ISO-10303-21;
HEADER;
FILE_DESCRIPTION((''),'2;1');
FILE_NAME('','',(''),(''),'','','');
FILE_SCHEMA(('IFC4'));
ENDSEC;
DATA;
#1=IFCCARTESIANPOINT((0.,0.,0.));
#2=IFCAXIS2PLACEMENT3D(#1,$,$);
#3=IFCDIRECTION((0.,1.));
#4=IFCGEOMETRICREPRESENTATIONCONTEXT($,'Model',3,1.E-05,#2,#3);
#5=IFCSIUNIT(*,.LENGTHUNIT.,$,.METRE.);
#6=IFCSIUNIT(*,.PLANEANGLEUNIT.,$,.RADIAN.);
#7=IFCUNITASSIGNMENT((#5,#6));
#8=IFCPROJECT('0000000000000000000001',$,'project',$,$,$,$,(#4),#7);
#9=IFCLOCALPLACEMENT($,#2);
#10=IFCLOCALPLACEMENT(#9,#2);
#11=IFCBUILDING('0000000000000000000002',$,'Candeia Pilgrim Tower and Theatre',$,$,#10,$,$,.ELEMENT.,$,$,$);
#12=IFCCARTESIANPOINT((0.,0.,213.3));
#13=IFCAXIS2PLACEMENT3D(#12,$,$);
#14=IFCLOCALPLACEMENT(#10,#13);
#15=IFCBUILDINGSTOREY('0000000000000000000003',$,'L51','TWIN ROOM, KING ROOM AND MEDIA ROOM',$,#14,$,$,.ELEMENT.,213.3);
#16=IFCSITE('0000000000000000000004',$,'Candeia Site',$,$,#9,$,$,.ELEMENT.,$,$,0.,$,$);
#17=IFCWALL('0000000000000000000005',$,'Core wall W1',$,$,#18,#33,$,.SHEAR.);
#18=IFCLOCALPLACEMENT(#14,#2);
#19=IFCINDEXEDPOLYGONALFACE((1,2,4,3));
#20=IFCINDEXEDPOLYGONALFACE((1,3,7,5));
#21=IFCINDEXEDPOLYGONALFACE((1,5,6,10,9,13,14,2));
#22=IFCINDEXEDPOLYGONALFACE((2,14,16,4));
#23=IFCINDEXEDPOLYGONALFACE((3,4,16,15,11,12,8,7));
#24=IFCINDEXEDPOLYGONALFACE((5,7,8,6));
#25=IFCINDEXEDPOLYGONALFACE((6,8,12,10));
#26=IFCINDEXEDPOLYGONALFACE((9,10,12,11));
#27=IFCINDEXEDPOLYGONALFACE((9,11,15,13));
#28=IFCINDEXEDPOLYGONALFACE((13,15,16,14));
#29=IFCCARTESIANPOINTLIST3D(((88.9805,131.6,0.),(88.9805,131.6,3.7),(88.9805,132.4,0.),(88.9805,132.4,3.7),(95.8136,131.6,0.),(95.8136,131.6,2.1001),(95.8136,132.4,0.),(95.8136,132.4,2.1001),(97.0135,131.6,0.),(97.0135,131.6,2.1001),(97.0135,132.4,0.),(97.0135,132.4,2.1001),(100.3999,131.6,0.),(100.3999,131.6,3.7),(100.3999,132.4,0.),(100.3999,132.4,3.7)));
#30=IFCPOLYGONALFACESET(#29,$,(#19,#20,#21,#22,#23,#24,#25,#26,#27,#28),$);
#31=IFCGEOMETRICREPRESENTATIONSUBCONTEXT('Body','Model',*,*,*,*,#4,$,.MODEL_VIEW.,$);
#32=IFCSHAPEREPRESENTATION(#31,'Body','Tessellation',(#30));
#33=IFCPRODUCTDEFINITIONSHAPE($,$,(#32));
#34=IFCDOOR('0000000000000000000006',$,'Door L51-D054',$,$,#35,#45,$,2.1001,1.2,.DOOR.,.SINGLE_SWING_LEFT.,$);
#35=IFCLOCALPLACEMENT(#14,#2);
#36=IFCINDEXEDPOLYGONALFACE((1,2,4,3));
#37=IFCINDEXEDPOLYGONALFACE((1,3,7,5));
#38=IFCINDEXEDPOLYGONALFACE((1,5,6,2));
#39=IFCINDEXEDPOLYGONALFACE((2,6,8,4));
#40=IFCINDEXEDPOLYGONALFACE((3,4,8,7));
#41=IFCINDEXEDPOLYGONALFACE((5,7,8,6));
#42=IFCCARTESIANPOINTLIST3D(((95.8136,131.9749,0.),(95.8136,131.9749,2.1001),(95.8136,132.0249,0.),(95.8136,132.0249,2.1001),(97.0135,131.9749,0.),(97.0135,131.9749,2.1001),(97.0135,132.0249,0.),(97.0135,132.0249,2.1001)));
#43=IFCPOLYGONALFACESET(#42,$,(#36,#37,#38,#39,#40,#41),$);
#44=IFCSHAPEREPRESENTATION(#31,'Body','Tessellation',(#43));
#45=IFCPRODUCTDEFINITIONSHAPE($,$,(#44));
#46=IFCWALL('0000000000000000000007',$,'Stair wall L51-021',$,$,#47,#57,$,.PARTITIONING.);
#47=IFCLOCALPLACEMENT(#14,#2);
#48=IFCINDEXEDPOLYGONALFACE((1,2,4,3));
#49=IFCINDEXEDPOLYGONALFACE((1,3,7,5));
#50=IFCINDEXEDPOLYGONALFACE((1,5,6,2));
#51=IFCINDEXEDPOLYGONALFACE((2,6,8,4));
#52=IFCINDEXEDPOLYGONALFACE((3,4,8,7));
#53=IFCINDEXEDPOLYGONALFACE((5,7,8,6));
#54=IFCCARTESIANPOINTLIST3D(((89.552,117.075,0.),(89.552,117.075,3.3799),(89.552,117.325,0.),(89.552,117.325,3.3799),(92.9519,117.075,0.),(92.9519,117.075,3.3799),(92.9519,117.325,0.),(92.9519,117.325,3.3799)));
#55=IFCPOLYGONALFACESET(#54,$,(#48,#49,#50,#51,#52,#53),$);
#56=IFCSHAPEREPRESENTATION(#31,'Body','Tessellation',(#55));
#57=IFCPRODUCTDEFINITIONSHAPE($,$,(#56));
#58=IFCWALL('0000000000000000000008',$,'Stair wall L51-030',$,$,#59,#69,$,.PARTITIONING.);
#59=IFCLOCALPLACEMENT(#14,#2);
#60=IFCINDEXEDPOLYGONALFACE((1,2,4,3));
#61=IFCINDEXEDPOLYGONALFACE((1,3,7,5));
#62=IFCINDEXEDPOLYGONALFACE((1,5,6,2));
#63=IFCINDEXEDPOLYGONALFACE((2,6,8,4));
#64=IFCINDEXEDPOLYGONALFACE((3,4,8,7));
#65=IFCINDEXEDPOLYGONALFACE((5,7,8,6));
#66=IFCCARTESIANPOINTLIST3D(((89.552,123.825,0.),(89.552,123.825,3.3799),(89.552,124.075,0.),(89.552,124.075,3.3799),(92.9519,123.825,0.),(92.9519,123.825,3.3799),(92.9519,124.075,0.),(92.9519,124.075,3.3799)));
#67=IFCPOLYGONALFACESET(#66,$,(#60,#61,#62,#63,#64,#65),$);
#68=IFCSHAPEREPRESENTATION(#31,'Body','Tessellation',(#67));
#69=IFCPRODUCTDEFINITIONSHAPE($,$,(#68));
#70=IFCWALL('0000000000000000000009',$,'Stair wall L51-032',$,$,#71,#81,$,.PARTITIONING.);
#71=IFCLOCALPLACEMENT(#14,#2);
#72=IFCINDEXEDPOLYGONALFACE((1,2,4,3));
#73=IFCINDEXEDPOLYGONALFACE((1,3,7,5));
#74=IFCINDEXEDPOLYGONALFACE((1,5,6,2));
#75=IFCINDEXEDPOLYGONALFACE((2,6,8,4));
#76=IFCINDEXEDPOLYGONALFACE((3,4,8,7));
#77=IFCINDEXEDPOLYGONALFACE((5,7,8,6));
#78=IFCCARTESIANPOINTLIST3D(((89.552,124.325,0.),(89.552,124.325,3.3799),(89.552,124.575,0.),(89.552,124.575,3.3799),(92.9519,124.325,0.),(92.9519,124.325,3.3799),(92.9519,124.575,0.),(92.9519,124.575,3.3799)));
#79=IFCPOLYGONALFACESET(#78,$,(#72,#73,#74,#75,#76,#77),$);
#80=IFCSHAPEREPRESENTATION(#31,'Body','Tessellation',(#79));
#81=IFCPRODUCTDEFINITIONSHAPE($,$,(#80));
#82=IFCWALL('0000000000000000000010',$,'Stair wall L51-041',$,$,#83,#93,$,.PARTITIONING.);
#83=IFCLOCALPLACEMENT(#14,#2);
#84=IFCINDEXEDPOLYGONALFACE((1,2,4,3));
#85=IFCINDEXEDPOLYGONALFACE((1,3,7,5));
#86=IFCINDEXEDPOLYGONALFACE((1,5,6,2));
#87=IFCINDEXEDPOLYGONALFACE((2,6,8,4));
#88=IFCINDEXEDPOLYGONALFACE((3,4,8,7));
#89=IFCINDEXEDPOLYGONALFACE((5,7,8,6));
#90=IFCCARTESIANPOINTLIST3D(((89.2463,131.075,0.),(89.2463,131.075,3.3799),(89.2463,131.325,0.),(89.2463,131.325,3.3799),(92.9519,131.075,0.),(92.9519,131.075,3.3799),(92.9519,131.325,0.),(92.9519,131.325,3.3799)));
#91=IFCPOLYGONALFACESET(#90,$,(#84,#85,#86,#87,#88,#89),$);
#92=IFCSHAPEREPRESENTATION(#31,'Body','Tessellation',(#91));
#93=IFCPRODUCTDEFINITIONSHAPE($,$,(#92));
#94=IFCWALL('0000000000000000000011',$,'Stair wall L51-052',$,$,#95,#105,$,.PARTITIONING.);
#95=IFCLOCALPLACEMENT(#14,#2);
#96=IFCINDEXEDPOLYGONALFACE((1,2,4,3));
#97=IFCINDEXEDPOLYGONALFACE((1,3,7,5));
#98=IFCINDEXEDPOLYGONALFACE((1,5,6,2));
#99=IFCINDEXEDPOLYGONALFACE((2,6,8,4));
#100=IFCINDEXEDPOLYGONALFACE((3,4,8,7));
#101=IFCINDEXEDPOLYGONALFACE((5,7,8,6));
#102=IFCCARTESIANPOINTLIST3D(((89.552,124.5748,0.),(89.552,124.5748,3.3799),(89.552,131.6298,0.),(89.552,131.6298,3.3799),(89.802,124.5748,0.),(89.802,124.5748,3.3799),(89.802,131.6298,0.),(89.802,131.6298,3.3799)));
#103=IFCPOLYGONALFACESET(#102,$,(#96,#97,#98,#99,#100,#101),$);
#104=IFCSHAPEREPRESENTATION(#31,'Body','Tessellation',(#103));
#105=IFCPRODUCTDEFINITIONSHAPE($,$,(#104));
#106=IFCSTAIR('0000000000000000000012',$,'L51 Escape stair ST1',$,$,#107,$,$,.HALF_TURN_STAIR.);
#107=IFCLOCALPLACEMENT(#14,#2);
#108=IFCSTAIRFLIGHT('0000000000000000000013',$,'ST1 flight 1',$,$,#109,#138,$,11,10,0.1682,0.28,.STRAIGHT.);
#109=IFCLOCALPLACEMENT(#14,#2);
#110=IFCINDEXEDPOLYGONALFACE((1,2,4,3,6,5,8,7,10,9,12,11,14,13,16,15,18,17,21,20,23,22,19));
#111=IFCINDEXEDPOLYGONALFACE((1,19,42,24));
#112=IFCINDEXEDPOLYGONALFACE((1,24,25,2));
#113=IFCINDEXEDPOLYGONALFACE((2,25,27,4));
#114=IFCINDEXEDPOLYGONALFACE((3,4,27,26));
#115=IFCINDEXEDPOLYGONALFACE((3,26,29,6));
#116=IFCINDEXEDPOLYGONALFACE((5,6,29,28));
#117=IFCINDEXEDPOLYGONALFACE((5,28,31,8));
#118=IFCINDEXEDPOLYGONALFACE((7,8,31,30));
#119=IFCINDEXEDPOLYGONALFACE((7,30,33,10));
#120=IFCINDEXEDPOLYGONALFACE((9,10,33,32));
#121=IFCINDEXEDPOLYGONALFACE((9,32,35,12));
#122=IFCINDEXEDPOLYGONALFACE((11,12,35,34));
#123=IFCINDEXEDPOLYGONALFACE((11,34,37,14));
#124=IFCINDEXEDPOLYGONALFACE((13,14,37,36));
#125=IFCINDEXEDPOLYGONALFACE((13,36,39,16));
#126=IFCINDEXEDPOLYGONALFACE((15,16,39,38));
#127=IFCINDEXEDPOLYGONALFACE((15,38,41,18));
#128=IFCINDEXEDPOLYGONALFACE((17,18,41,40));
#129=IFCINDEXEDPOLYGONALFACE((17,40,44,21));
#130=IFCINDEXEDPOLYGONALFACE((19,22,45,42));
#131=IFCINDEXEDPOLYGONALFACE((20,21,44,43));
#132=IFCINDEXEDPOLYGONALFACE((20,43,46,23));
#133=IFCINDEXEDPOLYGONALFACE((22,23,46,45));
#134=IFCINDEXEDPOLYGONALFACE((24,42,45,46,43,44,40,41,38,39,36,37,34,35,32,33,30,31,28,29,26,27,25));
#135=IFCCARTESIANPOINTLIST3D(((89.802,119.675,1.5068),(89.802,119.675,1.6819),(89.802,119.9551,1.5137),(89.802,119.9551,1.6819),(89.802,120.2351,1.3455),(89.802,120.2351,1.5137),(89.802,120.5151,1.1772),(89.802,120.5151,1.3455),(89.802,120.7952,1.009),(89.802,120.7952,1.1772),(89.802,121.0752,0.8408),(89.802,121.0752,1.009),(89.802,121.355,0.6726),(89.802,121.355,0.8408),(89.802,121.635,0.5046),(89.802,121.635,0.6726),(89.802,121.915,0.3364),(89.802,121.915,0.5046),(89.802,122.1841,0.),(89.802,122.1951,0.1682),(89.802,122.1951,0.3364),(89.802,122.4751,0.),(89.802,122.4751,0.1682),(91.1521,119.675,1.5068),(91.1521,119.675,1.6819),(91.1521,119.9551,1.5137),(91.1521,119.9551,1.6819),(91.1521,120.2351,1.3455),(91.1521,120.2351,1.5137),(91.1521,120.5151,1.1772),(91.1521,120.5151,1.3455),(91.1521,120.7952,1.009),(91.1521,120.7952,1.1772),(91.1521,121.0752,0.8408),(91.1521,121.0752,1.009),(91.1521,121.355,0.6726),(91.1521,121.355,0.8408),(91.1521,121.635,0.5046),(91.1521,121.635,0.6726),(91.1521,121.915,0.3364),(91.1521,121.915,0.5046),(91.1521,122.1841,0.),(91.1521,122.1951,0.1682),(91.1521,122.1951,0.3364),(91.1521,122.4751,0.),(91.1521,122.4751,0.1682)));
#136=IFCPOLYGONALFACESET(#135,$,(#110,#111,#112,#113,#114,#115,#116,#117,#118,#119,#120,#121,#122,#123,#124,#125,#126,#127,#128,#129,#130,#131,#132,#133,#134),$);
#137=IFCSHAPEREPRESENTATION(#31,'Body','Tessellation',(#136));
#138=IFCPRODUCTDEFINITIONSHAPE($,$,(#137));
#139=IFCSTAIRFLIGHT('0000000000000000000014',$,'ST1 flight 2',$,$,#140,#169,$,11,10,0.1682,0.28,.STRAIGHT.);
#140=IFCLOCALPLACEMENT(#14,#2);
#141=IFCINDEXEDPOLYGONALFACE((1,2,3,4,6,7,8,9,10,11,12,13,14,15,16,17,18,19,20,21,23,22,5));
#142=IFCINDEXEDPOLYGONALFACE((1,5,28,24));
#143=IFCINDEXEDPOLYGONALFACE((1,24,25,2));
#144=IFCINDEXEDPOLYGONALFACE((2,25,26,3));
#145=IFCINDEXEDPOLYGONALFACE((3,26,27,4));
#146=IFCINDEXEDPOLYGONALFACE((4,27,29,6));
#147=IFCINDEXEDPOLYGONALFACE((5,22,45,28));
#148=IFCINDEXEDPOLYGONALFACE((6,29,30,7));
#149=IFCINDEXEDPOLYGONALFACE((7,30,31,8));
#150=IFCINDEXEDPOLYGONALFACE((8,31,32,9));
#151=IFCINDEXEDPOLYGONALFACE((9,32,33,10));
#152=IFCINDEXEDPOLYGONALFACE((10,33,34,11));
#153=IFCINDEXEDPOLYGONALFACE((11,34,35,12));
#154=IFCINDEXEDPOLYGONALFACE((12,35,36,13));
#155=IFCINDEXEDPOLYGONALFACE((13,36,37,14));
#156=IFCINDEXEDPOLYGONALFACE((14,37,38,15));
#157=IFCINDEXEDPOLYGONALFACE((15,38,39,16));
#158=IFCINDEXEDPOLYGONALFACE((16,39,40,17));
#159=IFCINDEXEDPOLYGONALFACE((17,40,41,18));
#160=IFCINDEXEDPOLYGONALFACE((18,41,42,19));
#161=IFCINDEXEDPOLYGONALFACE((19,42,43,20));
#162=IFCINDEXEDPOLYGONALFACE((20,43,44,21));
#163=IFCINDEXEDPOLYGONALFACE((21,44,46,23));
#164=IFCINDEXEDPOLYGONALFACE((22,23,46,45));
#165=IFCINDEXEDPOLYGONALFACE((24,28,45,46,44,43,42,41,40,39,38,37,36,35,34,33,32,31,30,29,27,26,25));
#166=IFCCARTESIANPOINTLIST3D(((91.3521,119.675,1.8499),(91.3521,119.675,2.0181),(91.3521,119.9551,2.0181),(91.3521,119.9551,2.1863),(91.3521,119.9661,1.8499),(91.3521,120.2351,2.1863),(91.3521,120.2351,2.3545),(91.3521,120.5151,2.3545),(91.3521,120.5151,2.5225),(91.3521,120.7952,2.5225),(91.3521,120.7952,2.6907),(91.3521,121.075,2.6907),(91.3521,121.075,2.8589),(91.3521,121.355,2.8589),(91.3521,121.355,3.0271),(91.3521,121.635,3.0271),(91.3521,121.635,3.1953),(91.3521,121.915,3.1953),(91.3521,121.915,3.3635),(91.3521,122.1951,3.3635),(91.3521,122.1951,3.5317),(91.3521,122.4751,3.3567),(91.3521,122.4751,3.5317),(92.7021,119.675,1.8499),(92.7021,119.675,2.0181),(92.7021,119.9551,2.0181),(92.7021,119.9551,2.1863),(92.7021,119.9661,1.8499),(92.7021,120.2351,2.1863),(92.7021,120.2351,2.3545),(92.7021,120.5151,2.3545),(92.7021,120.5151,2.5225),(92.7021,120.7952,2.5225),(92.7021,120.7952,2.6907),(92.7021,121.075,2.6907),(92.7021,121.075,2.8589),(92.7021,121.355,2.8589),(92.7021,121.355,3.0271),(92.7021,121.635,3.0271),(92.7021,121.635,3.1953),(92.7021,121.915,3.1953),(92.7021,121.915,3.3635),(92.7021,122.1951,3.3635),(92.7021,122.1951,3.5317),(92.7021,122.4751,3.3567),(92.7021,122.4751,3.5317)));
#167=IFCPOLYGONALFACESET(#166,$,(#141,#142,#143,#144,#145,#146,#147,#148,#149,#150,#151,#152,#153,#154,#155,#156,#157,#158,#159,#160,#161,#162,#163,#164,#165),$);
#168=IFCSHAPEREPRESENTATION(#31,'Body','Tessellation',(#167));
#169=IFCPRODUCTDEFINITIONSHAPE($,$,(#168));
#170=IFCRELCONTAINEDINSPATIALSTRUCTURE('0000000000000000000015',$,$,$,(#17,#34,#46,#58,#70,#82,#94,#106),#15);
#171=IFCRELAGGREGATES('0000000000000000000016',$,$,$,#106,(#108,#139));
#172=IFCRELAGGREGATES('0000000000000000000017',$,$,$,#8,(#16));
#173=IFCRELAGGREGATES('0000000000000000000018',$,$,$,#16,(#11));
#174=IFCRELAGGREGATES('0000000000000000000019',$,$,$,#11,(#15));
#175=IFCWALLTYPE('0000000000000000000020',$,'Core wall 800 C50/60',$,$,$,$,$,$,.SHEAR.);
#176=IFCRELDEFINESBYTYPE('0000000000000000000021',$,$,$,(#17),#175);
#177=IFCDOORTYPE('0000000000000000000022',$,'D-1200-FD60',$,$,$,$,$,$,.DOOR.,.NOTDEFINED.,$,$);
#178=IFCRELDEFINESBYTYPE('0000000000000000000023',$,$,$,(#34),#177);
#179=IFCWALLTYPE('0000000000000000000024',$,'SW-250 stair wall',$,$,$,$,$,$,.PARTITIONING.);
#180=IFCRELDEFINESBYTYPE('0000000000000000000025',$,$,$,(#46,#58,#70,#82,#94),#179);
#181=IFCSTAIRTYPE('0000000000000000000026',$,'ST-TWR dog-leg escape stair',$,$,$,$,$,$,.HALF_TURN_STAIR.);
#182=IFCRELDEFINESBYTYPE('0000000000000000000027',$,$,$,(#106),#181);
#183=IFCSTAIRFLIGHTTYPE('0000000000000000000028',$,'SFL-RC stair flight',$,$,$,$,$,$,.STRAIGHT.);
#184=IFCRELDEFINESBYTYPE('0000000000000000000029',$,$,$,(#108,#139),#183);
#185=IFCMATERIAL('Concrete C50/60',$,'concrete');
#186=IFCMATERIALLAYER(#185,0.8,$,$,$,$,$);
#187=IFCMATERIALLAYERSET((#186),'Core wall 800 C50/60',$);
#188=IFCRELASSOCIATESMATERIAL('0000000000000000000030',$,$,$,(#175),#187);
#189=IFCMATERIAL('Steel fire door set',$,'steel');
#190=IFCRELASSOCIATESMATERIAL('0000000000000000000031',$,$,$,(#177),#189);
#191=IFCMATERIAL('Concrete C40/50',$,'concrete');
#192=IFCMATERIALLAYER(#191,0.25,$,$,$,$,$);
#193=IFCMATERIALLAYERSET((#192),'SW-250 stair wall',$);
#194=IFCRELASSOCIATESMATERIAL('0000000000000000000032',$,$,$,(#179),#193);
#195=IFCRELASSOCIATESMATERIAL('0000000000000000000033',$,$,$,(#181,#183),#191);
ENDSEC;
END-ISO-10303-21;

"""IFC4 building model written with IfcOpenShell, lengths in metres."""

from ifc_helpers import new_model, si_unit, direction, frame, frame_2d, origin, place, context, subcontext, project, spatial, polyline, rectangle, outline, extrude, material, layer, layer_set, type_object, element, fill, aggregate, save


model = new_model("IFC4")

# Units and contexts
model_context = context("Model", 3, precision=1e-05, world=origin(), true_north=direction((0.0, 1.0)))
body_context = subcontext(model_context, "Body", "Model", "MODEL_VIEW")
ifc_project = project(units=[si_unit("LENGTHUNIT", "METRE"), si_unit("PLANEANGLEUNIT", "RADIAN")], contexts=[model_context])

# Site, building, storey
site_placement = place(None, origin())
site = spatial("IfcSite", under=ifc_project, at=site_placement, Name="Candeia Site", CompositionType="ELEMENT", RefElevation=0.0)
building_placement = place(site_placement, origin())
building = spatial("IfcBuilding", under=site, at=building_placement, Name="Candeia Pilgrim Tower and Theatre", CompositionType="ELEMENT")
storey_placement = place(building_placement, frame((0.0, 0.0, 213.3)))
storey = spatial("IfcBuildingStorey", under=building, at=storey_placement, Name="L51", Description="TWIN ROOM, KING ROOM AND MEDIA ROOM", CompositionType="ELEMENT", Elevation=213.3)

# Wall, opening, door
ifc_material_1 = material(Name="Concrete C50/60", Category="concrete")
ifc_layer_1 = layer(ifc_material_1, 0.8)
ifc_layer_set_1 = layer_set([ifc_layer_1], Name="Core wall 800 C50/60")
wall_type_1 = type_object("IfcWallType", Name="Core wall 800 C50/60", PredefinedType="SHEAR", material=ifc_layer_set_1)
wall_1_placement = place(storey_placement, frame((88.9805, 132.0, 0.0), z_axis=(0.0, 0.0, 1.0), x_axis=(1.0, 0.0, 0.0)))
wall_1 = element("IfcWall", 1, at=wall_1_placement, inside=storey, type_object=wall_type_1, Name="Core wall W1", PredefinedType="SHEAR", context=body_context, shape_type="SweptSolid", body=[
    extrude(rectangle(XDim=11.4194, YDim=0.8, at=frame_2d((5.7097, 0.0))), origin(), (0.0, 0.0, 1.0), 3.7),
])
opening_placement = place(wall_1_placement, frame((6.833, 0.0, 0.0)))
opening = element("IfcOpeningElement", 2, at=opening_placement, cuts=wall_1, PredefinedType="OPENING", context=body_context, shape_type="SweptSolid", body=[
    extrude(rectangle(XDim=1.2, YDim=2.1001, at=frame_2d((0.6001, 1.05))), frame((0.0, 0.4102, 0.0), z_axis=(0.0, -1.0, 0.0), x_axis=(1.0, 0.0, 0.0)), (0.0, 0.0, 1.0), 0.8201),
])
ifc_material_2 = material(Name="Steel fire door set", Category="steel")
door_type = type_object("IfcDoorType", Name="D-1200-FD60", OperationType="NOTDEFINED", PredefinedType="DOOR", material=ifc_material_2)
door_placement = place(opening_placement, origin())
door = element("IfcDoor", 3, at=door_placement, inside=storey, type_object=door_type, Name="Door L51-D054", OperationType="SINGLE_SWING_LEFT", OverallHeight=2.1001, OverallWidth=1.2, PredefinedType="DOOR", context=body_context, shape_type="SweptSolid", body=[
    extrude(rectangle(XDim=1.2, YDim=2.1001, at=frame_2d((0.6001, 1.05))), frame((0.0, 0.0249, 0.0), z_axis=(0.0, -1.0, 0.0), x_axis=(1.0, 0.0, 0.0)), (0.0, 0.0, 1.0), 0.05),
])
fill(opening, door)

# Walls
ifc_material_3 = material(Name="Concrete C40/50", Category="concrete")
ifc_layer_2 = layer(ifc_material_3, 0.25)
ifc_layer_set_2 = layer_set([ifc_layer_2], Name="SW-250 stair wall")
wall_type_2 = type_object("IfcWallType", Name="SW-250 stair wall", PredefinedType="PARTITIONING", material=ifc_layer_set_2)
for number, where, z_axis, x_axis, name in (
    (4, (89.552, 117.2, 0.0), (0.0, 0.0, 1.0), (1.0, 0.0, 0.0), "Stair wall L51-021"),
    (5, (89.552, 123.95, 0.0), (0.0, 0.0, 1.0), (1.0, 0.0, 0.0), "Stair wall L51-030"),
    (6, (89.552, 124.45, 0.0), (0.0, 0.0, 1.0), (1.0, 0.0, 0.0), "Stair wall L51-032"),
):
    element("IfcWall", number, at=place(storey_placement, frame(where, z_axis=z_axis, x_axis=x_axis)), inside=storey, type_object=wall_type_2, Name=name, PredefinedType="PARTITIONING", context=body_context, shape_type="SweptSolid", body=[
        extrude(rectangle(XDim=3.3999, YDim=0.25, at=frame_2d((1.7, 0.0))), origin(), (0.0, 0.0, 1.0), 3.3799),
    ])
wall_2_placement = place(storey_placement, frame((89.2463, 131.2, 0.0), z_axis=(0.0, 0.0, 1.0), x_axis=(1.0, 0.0, 0.0)))
element("IfcWall", 7, at=wall_2_placement, inside=storey, type_object=wall_type_2, Name="Stair wall L51-041", PredefinedType="PARTITIONING", context=body_context, shape_type="SweptSolid", body=[
    extrude(rectangle(XDim=3.7056, YDim=0.25, at=frame_2d((1.8528, 0.0))), origin(), (0.0, 0.0, 1.0), 3.3799),
])
wall_3_placement = place(storey_placement, frame((89.677, 124.575, 0.0), z_axis=(0.0, 0.0, 1.0), x_axis=(0.0, 1.0, 0.0)))
element("IfcWall", 8, at=wall_3_placement, inside=storey, type_object=wall_type_2, Name="Stair wall L51-052", PredefinedType="PARTITIONING", context=body_context, shape_type="SweptSolid", body=[
    extrude(rectangle(XDim=7.0549, YDim=0.25, at=frame_2d((3.5273, 0.0))), origin(), (0.0, 0.0, 1.0), 3.3799),
])

# Stair, stair flights
stair_type = type_object("IfcStairType", Name="ST-TWR dog-leg escape stair", PredefinedType="HALF_TURN_STAIR", material=ifc_material_3)
stair_1_placement = place(storey_placement, origin())
stair_1 = element("IfcStair", 9, at=stair_1_placement, inside=storey, type_object=stair_type, Name="L51 Escape stair ST1", PredefinedType="HALF_TURN_STAIR")
stair_flight_type = type_object("IfcStairFlightType", Name="SFL-RC stair flight", PredefinedType="STRAIGHT", material=ifc_material_3)
stair_flight_1_placement = place(storey_placement, frame((90.4771, 122.4751, 0.0), z_axis=(0.0, 0.0, 1.0), x_axis=(0.0, -1.0, 0.0)))
stair_flight_1 = element("IfcStairFlight", 10, at=stair_flight_1_placement, type_object=stair_flight_type, Name="ST1 flight 1", NumberOfRisers=11, NumberOfTreads=10, PredefinedType="STRAIGHT", RiserHeight=0.1682, TreadLength=0.28, context=body_context, shape_type="SweptSolid", body=[
    extrude(outline(polyline([(0.0, 0.0), (0.0, 0.1682), (0.28, 0.1682), (0.28, 0.3364), (0.5601, 0.3364), (0.5601, 0.5046), (0.8401, 0.5046), (0.8401, 0.6726), (1.1201, 0.6726), (1.1201, 0.8408), (1.3999, 0.8408), (1.3999, 1.009), (1.6799, 1.009), (1.6799, 1.1772), (1.96, 1.1772), (1.96, 1.3455), (2.24, 1.3455), (2.24, 1.5137), (2.52, 1.5137), (2.52, 1.6819), (2.8, 1.6819), (2.8, 1.8501), (2.8, 1.5068), (0.291, 0.0), (0.0, 0.0)])), frame((0.0, 0.675, 0.0), z_axis=(0.0, -1.0, 0.0), x_axis=(1.0, 0.0, 0.0)), (0.0, 0.0, 1.0), 1.3501),
])
stair_flight_2_placement = place(storey_placement, frame((92.0271, 119.675, 1.8499), z_axis=(0.0, 0.0, 1.0), x_axis=(0.0, 1.0, 0.0)))
stair_flight_2 = element("IfcStairFlight", 11, at=stair_flight_2_placement, type_object=stair_flight_type, Name="ST1 flight 2", NumberOfRisers=11, NumberOfTreads=10, PredefinedType="STRAIGHT", RiserHeight=0.1682, TreadLength=0.28, context=body_context, shape_type="SweptSolid", body=[
    extrude(outline(polyline([(0.0, 0.0), (0.0, 0.1682), (0.28, 0.1682), (0.28, 0.3364), (0.5601, 0.3364), (0.5601, 0.5046), (0.8401, 0.5046), (0.8401, 0.6726), (1.1201, 0.6726), (1.1201, 0.8408), (1.3999, 0.8408), (1.3999, 1.009), (1.6799, 1.009), (1.6799, 1.1772), (1.96, 1.1772), (1.96, 1.3455), (2.24, 1.3455), (2.24, 1.5137), (2.52, 1.5137), (2.52, 1.6819), (2.8, 1.6819), (2.8, 1.8501), (2.8, 1.5068), (0.291, 0.0), (0.0, 0.0)])), frame((0.0, 0.675, 0.0), z_axis=(0.0, -1.0, 0.0), x_axis=(1.0, 0.0, 0.0)), (0.0, 0.0, 1.0), 1.3501),
])
aggregate(stair_1, [stair_flight_1, stair_flight_2])

save(model, "model.ifc")
